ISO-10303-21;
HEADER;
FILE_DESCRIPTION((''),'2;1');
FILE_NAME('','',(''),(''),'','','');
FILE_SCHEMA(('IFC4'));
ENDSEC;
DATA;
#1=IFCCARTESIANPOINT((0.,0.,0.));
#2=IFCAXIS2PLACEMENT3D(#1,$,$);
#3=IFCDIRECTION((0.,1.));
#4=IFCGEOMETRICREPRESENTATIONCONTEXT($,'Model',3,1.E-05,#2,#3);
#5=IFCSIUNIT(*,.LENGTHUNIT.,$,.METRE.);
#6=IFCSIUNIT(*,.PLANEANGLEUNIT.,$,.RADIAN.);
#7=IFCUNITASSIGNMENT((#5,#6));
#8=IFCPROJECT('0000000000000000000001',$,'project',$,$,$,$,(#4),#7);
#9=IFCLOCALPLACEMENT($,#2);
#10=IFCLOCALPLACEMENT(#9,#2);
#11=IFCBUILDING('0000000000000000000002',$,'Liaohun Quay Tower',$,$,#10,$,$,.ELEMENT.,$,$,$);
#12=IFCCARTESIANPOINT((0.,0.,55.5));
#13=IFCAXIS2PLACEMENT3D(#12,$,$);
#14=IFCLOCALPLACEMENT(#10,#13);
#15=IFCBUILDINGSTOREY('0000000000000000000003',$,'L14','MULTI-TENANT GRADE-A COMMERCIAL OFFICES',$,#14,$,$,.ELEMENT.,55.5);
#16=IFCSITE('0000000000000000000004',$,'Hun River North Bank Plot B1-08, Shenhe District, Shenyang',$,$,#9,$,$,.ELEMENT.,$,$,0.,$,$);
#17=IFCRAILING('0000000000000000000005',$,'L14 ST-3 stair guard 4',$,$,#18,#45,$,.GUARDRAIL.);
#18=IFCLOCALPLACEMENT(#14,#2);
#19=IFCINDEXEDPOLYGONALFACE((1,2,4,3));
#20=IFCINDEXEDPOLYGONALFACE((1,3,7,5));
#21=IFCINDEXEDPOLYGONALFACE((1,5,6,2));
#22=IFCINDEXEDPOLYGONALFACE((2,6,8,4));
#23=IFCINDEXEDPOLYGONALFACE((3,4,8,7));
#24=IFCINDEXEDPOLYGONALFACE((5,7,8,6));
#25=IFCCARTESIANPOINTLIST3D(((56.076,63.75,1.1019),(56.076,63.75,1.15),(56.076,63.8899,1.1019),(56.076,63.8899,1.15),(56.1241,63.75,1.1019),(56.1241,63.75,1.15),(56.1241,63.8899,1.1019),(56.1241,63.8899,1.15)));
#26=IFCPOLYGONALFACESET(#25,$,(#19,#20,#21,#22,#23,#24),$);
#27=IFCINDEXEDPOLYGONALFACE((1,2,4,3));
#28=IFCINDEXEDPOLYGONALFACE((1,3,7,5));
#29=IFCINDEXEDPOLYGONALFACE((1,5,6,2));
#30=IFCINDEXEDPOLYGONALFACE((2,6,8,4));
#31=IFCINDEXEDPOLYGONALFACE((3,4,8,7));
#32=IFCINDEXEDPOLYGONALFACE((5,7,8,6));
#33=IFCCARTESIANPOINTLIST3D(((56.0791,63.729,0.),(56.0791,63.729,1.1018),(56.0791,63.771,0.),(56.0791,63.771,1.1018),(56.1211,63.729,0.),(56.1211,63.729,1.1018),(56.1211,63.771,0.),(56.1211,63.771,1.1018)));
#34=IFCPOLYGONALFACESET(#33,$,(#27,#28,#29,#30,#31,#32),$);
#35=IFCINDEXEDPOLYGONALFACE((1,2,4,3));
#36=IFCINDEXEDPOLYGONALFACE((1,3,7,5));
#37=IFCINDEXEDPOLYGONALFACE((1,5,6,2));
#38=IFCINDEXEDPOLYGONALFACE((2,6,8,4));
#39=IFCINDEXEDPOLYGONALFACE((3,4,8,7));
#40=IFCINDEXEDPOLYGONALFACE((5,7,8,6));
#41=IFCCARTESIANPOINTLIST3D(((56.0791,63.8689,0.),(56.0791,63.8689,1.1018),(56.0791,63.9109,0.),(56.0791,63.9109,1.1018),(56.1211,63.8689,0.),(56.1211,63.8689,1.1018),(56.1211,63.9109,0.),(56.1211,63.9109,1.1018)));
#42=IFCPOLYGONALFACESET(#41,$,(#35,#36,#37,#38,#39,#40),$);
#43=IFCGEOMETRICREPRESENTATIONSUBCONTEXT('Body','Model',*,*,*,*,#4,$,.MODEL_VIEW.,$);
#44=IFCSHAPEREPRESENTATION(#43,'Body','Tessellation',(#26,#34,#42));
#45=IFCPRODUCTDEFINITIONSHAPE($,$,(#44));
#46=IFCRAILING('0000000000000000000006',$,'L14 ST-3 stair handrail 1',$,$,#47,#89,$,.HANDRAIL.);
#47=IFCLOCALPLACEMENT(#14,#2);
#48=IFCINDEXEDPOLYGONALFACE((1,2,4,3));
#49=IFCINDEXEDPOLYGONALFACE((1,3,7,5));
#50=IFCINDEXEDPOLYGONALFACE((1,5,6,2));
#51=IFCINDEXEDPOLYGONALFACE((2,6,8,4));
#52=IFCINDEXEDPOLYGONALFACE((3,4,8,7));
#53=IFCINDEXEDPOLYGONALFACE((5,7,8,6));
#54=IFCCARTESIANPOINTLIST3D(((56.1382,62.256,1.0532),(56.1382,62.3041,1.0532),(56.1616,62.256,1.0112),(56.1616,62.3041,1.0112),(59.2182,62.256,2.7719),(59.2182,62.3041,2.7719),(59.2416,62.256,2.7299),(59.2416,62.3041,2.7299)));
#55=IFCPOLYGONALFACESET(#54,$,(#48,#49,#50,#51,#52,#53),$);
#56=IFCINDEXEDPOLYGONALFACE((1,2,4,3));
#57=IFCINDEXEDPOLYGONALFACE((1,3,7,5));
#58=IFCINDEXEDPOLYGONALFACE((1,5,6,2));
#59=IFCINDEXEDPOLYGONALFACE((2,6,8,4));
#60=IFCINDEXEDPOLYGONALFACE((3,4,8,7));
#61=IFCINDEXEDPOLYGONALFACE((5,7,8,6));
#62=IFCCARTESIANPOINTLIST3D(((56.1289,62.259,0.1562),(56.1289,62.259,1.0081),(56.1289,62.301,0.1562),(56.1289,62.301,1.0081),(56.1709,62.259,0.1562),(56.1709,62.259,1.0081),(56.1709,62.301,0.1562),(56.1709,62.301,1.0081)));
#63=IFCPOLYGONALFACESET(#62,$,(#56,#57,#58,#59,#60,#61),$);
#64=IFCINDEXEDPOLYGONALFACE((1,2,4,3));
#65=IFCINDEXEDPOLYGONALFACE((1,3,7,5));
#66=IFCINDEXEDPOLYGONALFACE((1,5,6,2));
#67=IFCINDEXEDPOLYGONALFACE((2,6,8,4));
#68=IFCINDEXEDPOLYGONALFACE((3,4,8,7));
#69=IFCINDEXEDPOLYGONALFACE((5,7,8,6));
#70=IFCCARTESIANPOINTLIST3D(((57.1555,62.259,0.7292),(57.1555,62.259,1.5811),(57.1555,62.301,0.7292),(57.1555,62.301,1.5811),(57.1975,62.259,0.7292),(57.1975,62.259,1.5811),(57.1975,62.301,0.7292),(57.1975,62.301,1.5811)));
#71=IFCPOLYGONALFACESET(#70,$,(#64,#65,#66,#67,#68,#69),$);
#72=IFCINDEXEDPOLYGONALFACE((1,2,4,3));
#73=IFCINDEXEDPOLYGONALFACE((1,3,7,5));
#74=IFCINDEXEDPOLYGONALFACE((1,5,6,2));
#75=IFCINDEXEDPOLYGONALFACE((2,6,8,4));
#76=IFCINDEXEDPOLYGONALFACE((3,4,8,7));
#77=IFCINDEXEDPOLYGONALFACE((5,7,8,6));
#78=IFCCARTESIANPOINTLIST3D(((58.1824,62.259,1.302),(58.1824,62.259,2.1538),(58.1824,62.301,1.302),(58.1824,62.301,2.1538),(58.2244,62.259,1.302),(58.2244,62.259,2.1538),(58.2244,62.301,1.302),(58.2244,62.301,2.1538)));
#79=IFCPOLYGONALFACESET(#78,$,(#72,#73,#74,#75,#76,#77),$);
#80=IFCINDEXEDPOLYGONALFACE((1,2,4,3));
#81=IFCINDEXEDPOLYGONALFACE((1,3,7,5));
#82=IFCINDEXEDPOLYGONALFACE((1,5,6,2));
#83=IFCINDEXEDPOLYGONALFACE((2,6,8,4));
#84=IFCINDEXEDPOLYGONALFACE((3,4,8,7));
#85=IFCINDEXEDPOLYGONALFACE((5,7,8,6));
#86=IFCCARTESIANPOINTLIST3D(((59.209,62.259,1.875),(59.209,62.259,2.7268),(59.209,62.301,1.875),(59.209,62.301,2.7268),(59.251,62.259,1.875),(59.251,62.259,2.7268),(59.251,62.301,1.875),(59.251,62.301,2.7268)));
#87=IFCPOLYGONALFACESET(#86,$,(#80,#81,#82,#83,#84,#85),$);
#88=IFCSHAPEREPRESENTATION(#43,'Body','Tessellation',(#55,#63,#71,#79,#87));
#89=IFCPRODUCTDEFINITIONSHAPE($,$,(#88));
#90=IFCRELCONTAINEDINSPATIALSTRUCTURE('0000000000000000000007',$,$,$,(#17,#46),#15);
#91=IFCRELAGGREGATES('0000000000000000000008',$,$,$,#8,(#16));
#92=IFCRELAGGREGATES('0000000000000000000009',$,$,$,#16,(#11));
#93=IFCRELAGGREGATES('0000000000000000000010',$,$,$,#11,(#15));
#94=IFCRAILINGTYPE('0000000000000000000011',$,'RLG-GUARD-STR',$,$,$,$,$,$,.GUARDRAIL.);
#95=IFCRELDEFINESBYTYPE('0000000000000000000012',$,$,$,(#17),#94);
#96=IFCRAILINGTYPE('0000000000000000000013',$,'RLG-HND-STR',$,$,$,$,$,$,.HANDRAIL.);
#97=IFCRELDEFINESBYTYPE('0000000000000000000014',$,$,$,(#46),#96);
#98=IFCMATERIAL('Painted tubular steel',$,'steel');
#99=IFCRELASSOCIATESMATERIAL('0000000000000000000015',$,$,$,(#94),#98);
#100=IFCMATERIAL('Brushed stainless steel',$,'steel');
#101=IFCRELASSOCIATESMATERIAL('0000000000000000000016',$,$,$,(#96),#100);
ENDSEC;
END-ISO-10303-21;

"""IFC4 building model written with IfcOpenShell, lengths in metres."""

from ifc_helpers import new_model, si_unit, direction, frame, origin, origin_2d, place, context, subcontext, project, spatial, rectangle, extrude, material, type_object, element, save


model = new_model("IFC4")

# Units and contexts
model_context = context("Model", 3, precision=1e-05, world=origin(), true_north=direction((0.0, 1.0)))
body_context = subcontext(model_context, "Body", "Model", "MODEL_VIEW")
ifc_project = project(units=[si_unit("LENGTHUNIT", "METRE"), si_unit("PLANEANGLEUNIT", "RADIAN")], contexts=[model_context])

# Site, building, storey
site_placement = place(None, origin())
site = spatial("IfcSite", under=ifc_project, at=site_placement, Name="Hun River North Bank Plot B1-08, Shenhe District, Shenyang", CompositionType="ELEMENT", RefElevation=0.0)
building_placement = place(site_placement, origin())
building = spatial("IfcBuilding", under=site, at=building_placement, Name="Liaohun Quay Tower", CompositionType="ELEMENT")
storey_placement = place(building_placement, frame((0.0, 0.0, 55.5)))
storey = spatial("IfcBuildingStorey", under=building, at=storey_placement, Name="L14", Description="MULTI-TENANT GRADE-A COMMERCIAL OFFICES", CompositionType="ELEMENT", Elevation=55.5)

# Railings
ifc_material_1 = material(Name="Painted tubular steel", Category="steel")
railing_type_1 = type_object("IfcRailingType", Name="RLG-GUARD-STR", PredefinedType="GUARDRAIL", material=ifc_material_1)
railing_1_placement = place(storey_placement, frame((56.1001, 63.75, 0.0)))
element("IfcRailing", 1, at=railing_1_placement, inside=storey, type_object=railing_type_1, Name="L14 ST-3 stair guard 4", PredefinedType="GUARDRAIL", context=body_context, shape_type="SweptSolid", body=[
    extrude(rectangle(XDim=0.0481, YDim=0.0481, at=origin_2d()), frame((0.0, 0.0, 1.126), z_axis=(0.0, 1.0, 0.0), x_axis=(-1.0, 0.0, 0.0)), (0.0, 0.0, 1.0), 0.1399),
    extrude(rectangle(XDim=0.042, YDim=0.042, at=origin_2d()), origin(), (0.0, 0.0, 1.0), 1.1018),
    extrude(rectangle(XDim=0.042, YDim=0.042, at=origin_2d()), frame((0.0, 0.1399, 0.0)), (0.0, 0.0, 1.0), 1.1018),
])
ifc_material_2 = material(Name="Brushed stainless steel", Category="steel")
railing_type_2 = type_object("IfcRailingType", Name="RLG-HND-STR", PredefinedType="HANDRAIL", material=ifc_material_2)
railing_2_placement = place(storey_placement, frame((56.1499, 62.28, 0.1562)))
element("IfcRailing", 2, at=railing_2_placement, inside=storey, type_object=railing_type_2, Name="L14 ST-3 stair handrail 1", PredefinedType="HANDRAIL", context=body_context, shape_type="SweptSolid", body=[
    extrude(rectangle(XDim=0.0481, YDim=0.0481, at=origin_2d()), frame((0.0, 0.0, 0.876), z_axis=(0.873242, 0.0, 0.487288), x_axis=(0.0, 1.0, 0.0)), (0.0, 0.0, 1.0), 3.5271),
    extrude(rectangle(XDim=0.042, YDim=0.042, at=origin_2d()), origin(), (0.0, 0.0, 1.0), 0.8518),
    extrude(rectangle(XDim=0.042, YDim=0.042, at=origin_2d()), frame((1.0266, 0.0, 0.573)), (0.0, 0.0, 1.0), 0.8518),
    extrude(rectangle(XDim=0.042, YDim=0.042, at=origin_2d()), frame((2.0535, 0.0, 1.1458)), (0.0, 0.0, 1.0), 0.8518),
    extrude(rectangle(XDim=0.042, YDim=0.042, at=origin_2d()), frame((3.0801, 0.0, 1.7188)), (0.0, 0.0, 1.0), 0.8518),
])

save(model, "model.ifc")
